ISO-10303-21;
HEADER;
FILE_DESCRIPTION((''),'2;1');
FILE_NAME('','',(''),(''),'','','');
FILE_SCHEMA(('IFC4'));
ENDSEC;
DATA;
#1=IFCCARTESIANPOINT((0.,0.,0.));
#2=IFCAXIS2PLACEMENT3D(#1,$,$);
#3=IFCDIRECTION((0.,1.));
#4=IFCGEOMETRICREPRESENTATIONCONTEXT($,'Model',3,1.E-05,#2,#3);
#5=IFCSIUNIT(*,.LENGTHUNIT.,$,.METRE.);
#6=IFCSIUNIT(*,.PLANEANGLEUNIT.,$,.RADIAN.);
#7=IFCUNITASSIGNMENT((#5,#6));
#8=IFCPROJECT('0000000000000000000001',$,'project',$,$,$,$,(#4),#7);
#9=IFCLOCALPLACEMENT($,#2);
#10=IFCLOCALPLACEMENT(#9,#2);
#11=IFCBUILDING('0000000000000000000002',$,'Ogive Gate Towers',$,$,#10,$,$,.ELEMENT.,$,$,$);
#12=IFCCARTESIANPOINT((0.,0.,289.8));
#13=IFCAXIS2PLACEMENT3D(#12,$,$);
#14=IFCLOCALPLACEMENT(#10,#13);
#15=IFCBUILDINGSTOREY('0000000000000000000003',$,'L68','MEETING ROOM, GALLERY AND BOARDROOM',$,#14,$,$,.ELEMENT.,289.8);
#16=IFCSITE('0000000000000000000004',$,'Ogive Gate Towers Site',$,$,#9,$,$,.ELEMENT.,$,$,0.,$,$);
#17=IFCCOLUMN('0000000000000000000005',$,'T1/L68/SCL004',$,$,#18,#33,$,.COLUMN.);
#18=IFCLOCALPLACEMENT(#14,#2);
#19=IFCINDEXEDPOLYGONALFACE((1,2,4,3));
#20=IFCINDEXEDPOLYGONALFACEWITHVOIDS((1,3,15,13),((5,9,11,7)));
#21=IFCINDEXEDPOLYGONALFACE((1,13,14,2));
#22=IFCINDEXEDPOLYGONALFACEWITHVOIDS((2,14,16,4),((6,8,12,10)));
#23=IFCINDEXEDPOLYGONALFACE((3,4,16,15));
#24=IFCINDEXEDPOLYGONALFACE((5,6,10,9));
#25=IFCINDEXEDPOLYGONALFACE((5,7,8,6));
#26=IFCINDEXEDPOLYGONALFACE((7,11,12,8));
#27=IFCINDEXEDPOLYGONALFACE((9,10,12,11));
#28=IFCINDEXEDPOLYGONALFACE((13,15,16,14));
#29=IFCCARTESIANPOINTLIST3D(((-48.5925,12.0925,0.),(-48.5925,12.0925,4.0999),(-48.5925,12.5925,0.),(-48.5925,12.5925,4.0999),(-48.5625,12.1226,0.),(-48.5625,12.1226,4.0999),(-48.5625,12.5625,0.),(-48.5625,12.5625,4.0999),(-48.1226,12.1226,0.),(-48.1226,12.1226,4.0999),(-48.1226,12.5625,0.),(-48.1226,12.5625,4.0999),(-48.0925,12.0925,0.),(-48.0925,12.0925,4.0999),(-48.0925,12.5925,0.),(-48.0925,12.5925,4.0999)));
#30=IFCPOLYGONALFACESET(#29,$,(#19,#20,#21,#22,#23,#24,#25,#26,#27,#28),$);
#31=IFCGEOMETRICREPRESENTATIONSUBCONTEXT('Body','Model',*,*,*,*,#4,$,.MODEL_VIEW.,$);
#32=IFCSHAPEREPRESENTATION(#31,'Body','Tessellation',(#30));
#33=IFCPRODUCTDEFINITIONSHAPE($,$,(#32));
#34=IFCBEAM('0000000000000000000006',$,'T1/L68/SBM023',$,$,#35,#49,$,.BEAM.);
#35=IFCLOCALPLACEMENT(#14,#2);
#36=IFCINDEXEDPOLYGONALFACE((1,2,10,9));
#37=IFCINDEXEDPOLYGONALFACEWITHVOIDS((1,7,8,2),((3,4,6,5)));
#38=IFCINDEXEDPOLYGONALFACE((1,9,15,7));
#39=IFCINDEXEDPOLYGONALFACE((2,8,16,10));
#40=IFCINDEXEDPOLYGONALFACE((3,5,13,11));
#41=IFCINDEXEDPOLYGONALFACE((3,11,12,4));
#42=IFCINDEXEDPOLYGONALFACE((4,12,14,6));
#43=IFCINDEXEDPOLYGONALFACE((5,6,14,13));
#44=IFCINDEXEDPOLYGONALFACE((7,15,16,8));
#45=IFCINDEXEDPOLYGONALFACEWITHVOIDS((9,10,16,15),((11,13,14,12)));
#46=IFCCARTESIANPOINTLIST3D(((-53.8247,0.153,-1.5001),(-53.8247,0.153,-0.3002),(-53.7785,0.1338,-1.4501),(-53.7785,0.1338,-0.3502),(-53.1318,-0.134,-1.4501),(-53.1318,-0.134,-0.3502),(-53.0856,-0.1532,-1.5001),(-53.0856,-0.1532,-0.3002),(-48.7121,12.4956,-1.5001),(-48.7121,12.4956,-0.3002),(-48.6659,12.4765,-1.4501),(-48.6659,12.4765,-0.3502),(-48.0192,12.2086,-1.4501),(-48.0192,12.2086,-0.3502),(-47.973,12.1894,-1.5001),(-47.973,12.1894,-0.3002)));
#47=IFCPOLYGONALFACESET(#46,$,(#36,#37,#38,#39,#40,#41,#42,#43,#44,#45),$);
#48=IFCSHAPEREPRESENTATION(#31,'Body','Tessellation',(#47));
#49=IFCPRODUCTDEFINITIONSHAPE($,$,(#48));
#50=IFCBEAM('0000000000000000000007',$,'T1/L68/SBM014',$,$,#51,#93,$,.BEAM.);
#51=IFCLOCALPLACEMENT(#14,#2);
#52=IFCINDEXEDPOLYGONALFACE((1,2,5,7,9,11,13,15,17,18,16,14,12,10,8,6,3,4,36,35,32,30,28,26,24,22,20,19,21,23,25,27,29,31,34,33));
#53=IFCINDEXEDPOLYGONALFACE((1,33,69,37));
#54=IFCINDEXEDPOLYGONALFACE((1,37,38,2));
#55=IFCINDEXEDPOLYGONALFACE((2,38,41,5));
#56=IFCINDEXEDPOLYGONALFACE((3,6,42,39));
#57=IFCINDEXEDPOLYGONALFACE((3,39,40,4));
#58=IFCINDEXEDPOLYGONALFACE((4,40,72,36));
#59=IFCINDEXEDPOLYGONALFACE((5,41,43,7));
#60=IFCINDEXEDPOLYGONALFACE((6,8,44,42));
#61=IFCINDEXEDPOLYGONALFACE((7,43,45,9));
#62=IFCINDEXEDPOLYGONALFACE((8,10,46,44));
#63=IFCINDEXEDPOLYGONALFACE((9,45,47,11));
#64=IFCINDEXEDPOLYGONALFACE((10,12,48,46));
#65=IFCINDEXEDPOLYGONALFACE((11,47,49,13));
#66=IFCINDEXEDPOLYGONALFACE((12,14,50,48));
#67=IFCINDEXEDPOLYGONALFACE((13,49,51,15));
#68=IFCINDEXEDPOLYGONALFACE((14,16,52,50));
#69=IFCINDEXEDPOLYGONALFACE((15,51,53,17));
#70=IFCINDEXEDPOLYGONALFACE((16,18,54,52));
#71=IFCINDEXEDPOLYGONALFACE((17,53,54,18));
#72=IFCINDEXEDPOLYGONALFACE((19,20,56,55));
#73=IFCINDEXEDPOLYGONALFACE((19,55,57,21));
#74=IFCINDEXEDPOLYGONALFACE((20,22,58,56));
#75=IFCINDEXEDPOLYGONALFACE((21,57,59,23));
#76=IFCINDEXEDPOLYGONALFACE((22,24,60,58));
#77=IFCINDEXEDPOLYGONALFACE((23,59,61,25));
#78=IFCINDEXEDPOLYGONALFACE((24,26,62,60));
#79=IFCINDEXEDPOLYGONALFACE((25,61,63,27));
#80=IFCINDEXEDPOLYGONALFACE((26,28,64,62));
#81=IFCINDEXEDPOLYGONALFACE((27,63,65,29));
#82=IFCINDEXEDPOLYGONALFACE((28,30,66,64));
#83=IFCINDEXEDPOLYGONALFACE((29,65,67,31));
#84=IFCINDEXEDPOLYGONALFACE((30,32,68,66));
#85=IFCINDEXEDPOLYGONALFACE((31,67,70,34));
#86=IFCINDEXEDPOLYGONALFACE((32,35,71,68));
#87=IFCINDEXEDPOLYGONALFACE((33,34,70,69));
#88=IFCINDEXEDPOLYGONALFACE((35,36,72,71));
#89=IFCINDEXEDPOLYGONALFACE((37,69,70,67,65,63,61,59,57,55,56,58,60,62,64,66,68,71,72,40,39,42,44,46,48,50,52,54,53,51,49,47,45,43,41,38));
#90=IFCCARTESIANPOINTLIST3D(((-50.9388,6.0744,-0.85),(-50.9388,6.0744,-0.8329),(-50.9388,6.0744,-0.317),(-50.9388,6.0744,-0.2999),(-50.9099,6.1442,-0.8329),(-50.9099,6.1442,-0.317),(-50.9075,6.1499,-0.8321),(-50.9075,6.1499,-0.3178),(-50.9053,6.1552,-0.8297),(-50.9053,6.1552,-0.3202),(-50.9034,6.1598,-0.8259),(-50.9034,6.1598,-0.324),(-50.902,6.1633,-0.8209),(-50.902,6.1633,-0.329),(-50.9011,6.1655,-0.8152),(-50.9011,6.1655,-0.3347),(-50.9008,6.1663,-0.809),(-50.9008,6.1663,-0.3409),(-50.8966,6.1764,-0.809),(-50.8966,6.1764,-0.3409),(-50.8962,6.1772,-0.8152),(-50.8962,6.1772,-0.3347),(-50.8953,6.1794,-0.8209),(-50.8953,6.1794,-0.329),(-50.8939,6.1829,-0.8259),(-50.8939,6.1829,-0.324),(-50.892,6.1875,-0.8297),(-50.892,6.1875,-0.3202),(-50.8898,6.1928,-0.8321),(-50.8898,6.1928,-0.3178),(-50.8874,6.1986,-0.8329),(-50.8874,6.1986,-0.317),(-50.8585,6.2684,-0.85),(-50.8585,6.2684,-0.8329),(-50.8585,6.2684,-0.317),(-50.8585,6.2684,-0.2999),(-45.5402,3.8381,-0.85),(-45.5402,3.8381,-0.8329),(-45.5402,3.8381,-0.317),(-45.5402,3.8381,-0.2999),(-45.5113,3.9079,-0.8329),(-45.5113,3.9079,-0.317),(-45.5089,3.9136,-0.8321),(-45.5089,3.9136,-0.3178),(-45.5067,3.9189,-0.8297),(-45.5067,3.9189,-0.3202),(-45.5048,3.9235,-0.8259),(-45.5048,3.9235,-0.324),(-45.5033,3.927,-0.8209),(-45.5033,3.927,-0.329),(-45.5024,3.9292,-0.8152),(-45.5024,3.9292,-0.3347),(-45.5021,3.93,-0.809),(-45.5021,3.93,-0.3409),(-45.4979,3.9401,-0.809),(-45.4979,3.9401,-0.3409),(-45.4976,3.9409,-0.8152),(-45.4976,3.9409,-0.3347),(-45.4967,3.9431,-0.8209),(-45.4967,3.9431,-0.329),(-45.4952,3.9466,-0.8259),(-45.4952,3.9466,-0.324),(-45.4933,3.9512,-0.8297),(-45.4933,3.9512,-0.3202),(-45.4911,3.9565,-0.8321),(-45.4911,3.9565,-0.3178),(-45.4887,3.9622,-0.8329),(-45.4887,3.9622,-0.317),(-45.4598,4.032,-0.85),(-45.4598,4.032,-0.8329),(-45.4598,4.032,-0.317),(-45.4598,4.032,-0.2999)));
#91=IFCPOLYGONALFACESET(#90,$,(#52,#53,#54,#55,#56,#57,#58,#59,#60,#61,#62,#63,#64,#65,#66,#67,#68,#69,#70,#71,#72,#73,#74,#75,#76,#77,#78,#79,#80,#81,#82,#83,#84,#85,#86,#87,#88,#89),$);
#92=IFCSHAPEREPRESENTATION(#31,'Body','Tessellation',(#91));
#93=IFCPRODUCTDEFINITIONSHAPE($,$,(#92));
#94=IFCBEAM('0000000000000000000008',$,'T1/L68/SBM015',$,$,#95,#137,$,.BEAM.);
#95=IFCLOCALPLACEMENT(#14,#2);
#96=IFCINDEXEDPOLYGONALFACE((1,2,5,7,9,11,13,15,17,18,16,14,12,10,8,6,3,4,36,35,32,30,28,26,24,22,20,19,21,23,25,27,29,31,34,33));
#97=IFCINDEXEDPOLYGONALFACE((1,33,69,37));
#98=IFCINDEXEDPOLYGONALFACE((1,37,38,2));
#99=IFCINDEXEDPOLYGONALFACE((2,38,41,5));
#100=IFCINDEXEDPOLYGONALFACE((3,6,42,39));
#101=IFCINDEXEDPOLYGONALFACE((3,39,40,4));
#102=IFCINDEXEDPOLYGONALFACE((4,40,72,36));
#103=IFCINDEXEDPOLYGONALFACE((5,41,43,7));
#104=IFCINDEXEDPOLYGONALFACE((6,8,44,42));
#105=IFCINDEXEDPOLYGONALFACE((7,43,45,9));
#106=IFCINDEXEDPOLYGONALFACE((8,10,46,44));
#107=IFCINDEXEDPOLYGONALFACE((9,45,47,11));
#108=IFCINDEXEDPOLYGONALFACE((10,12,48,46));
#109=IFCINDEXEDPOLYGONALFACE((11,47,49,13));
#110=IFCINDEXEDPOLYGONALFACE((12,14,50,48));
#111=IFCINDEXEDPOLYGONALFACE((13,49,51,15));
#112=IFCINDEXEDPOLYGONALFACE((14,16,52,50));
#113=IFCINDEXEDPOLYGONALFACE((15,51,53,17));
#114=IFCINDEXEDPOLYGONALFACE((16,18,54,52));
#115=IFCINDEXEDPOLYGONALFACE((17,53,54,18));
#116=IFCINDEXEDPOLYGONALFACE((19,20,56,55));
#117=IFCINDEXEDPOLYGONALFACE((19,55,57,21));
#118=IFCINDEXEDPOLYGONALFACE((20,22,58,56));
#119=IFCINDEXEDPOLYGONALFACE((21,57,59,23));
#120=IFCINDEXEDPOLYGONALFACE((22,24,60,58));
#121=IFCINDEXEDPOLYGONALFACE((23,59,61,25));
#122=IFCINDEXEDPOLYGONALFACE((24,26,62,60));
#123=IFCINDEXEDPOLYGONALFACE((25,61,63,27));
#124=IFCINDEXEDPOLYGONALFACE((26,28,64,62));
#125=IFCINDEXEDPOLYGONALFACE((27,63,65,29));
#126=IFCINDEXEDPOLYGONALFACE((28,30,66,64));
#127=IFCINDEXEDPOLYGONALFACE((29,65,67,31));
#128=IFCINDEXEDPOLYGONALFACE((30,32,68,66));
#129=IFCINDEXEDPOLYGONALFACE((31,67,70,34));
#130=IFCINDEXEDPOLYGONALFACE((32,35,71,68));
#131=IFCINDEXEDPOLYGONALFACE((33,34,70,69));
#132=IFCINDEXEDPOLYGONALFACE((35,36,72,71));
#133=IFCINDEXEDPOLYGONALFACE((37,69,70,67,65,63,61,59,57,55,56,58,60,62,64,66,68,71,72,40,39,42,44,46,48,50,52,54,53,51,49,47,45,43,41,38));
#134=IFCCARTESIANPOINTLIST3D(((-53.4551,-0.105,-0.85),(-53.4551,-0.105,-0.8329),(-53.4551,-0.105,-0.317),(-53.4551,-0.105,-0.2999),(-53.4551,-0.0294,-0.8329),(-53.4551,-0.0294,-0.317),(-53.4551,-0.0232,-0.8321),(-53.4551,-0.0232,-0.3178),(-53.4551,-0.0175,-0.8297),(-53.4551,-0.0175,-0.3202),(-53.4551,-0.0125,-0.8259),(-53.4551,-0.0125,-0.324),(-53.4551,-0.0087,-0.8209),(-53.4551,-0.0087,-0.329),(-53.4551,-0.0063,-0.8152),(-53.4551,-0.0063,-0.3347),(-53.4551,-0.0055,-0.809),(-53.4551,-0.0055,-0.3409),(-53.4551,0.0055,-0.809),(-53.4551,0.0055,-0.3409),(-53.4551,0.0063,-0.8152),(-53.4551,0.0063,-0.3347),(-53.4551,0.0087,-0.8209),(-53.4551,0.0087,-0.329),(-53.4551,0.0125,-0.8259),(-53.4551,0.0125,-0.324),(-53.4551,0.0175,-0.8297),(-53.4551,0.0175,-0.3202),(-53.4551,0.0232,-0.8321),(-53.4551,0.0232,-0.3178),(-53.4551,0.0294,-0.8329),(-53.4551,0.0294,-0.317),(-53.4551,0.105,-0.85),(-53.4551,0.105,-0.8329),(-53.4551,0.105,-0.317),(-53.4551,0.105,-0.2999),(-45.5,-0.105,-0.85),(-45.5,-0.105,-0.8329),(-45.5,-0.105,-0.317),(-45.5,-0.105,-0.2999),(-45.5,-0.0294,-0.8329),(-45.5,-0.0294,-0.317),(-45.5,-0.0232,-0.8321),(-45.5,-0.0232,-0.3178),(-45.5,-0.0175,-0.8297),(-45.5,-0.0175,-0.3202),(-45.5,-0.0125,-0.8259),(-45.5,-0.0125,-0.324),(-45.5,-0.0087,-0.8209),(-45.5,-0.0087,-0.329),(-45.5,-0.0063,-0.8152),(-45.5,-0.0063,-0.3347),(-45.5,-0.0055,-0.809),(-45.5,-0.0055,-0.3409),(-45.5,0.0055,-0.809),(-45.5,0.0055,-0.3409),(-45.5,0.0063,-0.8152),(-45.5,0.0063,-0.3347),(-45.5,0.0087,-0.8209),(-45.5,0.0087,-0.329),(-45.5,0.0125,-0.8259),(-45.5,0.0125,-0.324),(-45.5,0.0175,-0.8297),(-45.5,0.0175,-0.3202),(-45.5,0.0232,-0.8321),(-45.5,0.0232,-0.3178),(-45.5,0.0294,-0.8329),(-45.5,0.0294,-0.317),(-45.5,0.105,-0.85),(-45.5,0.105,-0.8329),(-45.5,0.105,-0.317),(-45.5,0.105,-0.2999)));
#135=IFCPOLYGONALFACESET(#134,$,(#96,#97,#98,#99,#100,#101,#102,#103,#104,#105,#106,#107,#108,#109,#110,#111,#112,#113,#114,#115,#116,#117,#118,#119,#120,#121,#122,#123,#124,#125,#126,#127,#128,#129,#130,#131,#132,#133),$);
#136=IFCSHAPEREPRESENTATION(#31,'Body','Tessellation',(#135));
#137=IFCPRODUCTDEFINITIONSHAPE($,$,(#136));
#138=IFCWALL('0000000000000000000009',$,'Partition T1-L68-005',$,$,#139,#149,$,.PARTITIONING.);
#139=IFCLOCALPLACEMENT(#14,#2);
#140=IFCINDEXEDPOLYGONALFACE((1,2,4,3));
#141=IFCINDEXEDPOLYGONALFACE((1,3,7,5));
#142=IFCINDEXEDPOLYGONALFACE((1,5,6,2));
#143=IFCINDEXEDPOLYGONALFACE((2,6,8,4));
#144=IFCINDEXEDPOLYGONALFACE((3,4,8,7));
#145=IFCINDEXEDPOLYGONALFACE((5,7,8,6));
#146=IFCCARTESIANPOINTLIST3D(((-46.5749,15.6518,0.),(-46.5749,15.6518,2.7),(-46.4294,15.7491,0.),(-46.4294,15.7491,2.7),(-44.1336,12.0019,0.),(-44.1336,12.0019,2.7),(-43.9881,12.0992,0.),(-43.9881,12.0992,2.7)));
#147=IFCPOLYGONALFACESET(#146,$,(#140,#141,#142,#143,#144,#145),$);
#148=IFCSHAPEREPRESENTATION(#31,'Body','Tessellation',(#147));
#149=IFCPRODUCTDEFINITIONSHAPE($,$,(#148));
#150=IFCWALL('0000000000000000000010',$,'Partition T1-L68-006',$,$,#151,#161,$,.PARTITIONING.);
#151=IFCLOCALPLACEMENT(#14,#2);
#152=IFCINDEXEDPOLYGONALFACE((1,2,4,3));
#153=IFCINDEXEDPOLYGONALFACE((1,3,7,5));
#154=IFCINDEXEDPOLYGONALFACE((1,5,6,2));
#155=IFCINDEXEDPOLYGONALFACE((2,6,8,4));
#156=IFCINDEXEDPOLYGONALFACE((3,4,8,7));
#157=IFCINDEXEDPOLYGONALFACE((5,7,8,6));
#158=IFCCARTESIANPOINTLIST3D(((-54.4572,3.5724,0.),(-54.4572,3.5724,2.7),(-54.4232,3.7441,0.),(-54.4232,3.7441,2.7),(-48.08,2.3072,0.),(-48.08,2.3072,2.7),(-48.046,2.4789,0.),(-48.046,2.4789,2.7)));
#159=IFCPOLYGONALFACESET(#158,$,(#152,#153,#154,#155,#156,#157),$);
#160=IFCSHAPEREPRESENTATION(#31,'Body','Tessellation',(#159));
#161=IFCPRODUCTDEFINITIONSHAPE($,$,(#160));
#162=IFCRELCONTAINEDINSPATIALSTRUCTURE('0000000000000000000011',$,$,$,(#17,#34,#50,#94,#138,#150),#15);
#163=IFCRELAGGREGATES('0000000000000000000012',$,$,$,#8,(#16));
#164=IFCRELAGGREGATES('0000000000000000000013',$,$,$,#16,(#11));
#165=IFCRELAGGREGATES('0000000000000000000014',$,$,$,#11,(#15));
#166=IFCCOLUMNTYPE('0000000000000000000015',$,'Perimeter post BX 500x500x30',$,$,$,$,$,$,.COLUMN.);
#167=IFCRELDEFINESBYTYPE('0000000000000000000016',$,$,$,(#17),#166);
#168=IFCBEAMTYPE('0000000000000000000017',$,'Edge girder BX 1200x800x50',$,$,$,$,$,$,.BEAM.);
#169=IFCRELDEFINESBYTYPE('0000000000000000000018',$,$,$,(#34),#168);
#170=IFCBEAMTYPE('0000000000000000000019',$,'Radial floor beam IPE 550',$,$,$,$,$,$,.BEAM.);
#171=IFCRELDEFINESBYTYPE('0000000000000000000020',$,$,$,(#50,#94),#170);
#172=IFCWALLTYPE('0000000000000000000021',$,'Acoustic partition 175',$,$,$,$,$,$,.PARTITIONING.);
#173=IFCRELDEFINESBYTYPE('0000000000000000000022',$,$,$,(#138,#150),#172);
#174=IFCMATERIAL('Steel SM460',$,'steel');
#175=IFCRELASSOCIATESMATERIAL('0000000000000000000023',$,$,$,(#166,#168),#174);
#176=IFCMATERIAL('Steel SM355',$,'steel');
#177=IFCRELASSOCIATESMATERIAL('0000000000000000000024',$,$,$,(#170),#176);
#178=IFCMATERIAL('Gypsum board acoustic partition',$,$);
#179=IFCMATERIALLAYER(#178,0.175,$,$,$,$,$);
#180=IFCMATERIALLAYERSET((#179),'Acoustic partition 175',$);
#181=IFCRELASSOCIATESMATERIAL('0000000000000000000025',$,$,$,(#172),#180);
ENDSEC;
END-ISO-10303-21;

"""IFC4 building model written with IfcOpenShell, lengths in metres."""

from ifc_helpers import new_model, si_unit, direction, frame, frame_2d, origin, origin_2d, place, context, subcontext, project, spatial, rectangle, hollow_rectangle, i_section, extrude, material, layer, layer_set, material_profile, profile_set, type_object, element, save


model = new_model("IFC4")

# Units and contexts
model_context = context("Model", 3, precision=1e-05, world=origin(), true_north=direction((0.0, 1.0)))
body_context = subcontext(model_context, "Body", "Model", "MODEL_VIEW")
ifc_project = project(units=[si_unit("LENGTHUNIT", "METRE"), si_unit("PLANEANGLEUNIT", "RADIAN")], contexts=[model_context])

# Site, building, storey
site_placement = place(None, origin())
site = spatial("IfcSite", under=ifc_project, at=site_placement, Name="Ogive Gate Towers Site", CompositionType="ELEMENT", RefElevation=0.0)
building_placement = place(site_placement, origin())
building = spatial("IfcBuilding", under=site, at=building_placement, Name="Ogive Gate Towers", CompositionType="ELEMENT")
storey_placement = place(building_placement, frame((0.0, 0.0, 289.8)))
storey = spatial("IfcBuildingStorey", under=building, at=storey_placement, Name="L68", Description="MEETING ROOM, GALLERY AND BOARDROOM", CompositionType="ELEMENT", Elevation=289.8)

# Column
ifc_material_1 = material(Name="Steel SM460", Category="steel")
ifc_material_profile_1 = material_profile(ifc_material_1, hollow_rectangle(XDim=0.5, YDim=0.5, WallThickness=0.03, at=origin_2d()), Name="BX 500x500x30")
ifc_profile_set_1 = profile_set([ifc_material_profile_1], Name="Steel SM460")
column_type = type_object("IfcColumnType", Name="Perimeter post BX 500x500x30", PredefinedType="COLUMN", material=ifc_profile_set_1)
column_placement = place(storey_placement, frame((-48.3425, 12.3425, 0.0), z_axis=(0.0, 0.0, 1.0), x_axis=(1.0, 0.0, 0.0)))
element("IfcColumn", 1, at=column_placement, inside=storey, type_object=column_type, Name="T1/L68/SCL004", PredefinedType="COLUMN", context=body_context, shape_type="SweptSolid", body=[
    extrude(hollow_rectangle(XDim=0.5, YDim=0.5, WallThickness=0.03, at=origin_2d()), origin(), (0.0, 0.0, 1.0), 4.0999),
])

# Beams
ifc_material_profile_2 = material_profile(ifc_material_1, hollow_rectangle(XDim=0.8, YDim=1.2, WallThickness=0.05, at=origin_2d()), Name="BX 1200x800x50")
ifc_profile_set_2 = profile_set([ifc_material_profile_2], Name="Steel SM460")
beam_type_1 = type_object("IfcBeamType", Name="Edge girder BX 1200x800x50", PredefinedType="BEAM", material=ifc_profile_set_2)
beam_1_placement = place(storey_placement, frame((-48.3425, 12.3425, -0.9001), z_axis=(-0.38269, -0.923877, 0.0), x_axis=(0.923877, -0.38269, 0.0)))
element("IfcBeam", 2, at=beam_1_placement, inside=storey, type_object=beam_type_1, Name="T1/L68/SBM023", PredefinedType="BEAM", context=body_context, shape_type="SweptSolid", body=[
    extrude(hollow_rectangle(XDim=0.8, YDim=1.2, WallThickness=0.05, at=origin_2d()), origin(), (0.0, 0.0, 1.0), 13.3596),
])
ifc_material_2 = material(Name="Steel SM355", Category="steel")
ifc_material_profile_3 = material_profile(ifc_material_2, i_section(OverallWidth=0.21, OverallDepth=0.55, WebThickness=0.011, FlangeThickness=0.0171, FilletRadius=0.0239, at=origin_2d()), Name="IPE 550")
ifc_profile_set_3 = profile_set([ifc_material_profile_3], Name="Steel SM355")
beam_type_2 = type_object("IfcBeamType", Name="Radial floor beam IPE 550", PredefinedType="BEAM", material=ifc_profile_set_3)
beam_2_placement = place(storey_placement, frame((-45.5, 3.9351, -0.575), z_axis=(-0.923872, 0.382701, 0.0), x_axis=(-0.382701, -0.923872, 0.0)))
element("IfcBeam", 3, at=beam_2_placement, inside=storey, type_object=beam_type_2, Name="T1/L68/SBM014", PredefinedType="BEAM", context=body_context, shape_type="SweptSolid", body=[
    extrude(i_section(OverallWidth=0.21, OverallDepth=0.55, WebThickness=0.011, FlangeThickness=0.0171, FilletRadius=0.0239, at=origin_2d()), origin(), (0.0, 0.0, 1.0), 5.8435),
])
beam_3_placement = place(storey_placement, frame((-45.5, 0.0, -0.575), z_axis=(-1.0, 0.0, 0.0), x_axis=(0.0, -1.0, 0.0)))
element("IfcBeam", 4, at=beam_3_placement, inside=storey, type_object=beam_type_2, Name="T1/L68/SBM015", PredefinedType="BEAM", context=body_context, shape_type="SweptSolid", body=[
    extrude(i_section(OverallWidth=0.21, OverallDepth=0.55, WebThickness=0.011, FlangeThickness=0.0171, FilletRadius=0.0239, at=origin_2d()), origin(), (0.0, 0.0, 1.0), 7.9551),
])

# Walls
ifc_material_3 = material(Name="Gypsum board acoustic partition")
ifc_layer_1 = layer(ifc_material_3, 0.175)
ifc_layer_set_1 = layer_set([ifc_layer_1], Name="Acoustic partition 175")
wall_type_1 = type_object("IfcWallType", Name="Acoustic partition 175", PredefinedType="PARTITIONING", material=ifc_layer_set_1)
wall_1_placement = place(storey_placement, frame((-46.5022, 15.7004, 0.0), z_axis=(0.0, 0.0, 1.0), x_axis=(0.555983, -0.831194, 0.0)))
element("IfcWall", 5, at=wall_1_placement, inside=storey, type_object=wall_type_1, Name="Partition T1-L68-005", PredefinedType="PARTITIONING", context=body_context, shape_type="SweptSolid", body=[
    extrude(rectangle(XDim=4.3911, YDim=0.175, at=frame_2d((2.1956, 0.0))), origin(), (0.0, 0.0, 1.0), 2.7),
])
wall_2_placement = place(storey_placement, frame((-54.4402, 3.6582, 0.0), z_axis=(0.0, 0.0, 1.0), x_axis=(0.980884, -0.194592, 0.0)))
element("IfcWall", 6, at=wall_2_placement, inside=storey, type_object=wall_type_1, Name="Partition T1-L68-006", PredefinedType="PARTITIONING", context=body_context, shape_type="SweptSolid", body=[
    extrude(rectangle(XDim=6.5015, YDim=0.175, at=frame_2d((3.2507, 0.0))), origin(), (0.0, 0.0, 1.0), 2.7),
])

save(model, "model.ifc")
